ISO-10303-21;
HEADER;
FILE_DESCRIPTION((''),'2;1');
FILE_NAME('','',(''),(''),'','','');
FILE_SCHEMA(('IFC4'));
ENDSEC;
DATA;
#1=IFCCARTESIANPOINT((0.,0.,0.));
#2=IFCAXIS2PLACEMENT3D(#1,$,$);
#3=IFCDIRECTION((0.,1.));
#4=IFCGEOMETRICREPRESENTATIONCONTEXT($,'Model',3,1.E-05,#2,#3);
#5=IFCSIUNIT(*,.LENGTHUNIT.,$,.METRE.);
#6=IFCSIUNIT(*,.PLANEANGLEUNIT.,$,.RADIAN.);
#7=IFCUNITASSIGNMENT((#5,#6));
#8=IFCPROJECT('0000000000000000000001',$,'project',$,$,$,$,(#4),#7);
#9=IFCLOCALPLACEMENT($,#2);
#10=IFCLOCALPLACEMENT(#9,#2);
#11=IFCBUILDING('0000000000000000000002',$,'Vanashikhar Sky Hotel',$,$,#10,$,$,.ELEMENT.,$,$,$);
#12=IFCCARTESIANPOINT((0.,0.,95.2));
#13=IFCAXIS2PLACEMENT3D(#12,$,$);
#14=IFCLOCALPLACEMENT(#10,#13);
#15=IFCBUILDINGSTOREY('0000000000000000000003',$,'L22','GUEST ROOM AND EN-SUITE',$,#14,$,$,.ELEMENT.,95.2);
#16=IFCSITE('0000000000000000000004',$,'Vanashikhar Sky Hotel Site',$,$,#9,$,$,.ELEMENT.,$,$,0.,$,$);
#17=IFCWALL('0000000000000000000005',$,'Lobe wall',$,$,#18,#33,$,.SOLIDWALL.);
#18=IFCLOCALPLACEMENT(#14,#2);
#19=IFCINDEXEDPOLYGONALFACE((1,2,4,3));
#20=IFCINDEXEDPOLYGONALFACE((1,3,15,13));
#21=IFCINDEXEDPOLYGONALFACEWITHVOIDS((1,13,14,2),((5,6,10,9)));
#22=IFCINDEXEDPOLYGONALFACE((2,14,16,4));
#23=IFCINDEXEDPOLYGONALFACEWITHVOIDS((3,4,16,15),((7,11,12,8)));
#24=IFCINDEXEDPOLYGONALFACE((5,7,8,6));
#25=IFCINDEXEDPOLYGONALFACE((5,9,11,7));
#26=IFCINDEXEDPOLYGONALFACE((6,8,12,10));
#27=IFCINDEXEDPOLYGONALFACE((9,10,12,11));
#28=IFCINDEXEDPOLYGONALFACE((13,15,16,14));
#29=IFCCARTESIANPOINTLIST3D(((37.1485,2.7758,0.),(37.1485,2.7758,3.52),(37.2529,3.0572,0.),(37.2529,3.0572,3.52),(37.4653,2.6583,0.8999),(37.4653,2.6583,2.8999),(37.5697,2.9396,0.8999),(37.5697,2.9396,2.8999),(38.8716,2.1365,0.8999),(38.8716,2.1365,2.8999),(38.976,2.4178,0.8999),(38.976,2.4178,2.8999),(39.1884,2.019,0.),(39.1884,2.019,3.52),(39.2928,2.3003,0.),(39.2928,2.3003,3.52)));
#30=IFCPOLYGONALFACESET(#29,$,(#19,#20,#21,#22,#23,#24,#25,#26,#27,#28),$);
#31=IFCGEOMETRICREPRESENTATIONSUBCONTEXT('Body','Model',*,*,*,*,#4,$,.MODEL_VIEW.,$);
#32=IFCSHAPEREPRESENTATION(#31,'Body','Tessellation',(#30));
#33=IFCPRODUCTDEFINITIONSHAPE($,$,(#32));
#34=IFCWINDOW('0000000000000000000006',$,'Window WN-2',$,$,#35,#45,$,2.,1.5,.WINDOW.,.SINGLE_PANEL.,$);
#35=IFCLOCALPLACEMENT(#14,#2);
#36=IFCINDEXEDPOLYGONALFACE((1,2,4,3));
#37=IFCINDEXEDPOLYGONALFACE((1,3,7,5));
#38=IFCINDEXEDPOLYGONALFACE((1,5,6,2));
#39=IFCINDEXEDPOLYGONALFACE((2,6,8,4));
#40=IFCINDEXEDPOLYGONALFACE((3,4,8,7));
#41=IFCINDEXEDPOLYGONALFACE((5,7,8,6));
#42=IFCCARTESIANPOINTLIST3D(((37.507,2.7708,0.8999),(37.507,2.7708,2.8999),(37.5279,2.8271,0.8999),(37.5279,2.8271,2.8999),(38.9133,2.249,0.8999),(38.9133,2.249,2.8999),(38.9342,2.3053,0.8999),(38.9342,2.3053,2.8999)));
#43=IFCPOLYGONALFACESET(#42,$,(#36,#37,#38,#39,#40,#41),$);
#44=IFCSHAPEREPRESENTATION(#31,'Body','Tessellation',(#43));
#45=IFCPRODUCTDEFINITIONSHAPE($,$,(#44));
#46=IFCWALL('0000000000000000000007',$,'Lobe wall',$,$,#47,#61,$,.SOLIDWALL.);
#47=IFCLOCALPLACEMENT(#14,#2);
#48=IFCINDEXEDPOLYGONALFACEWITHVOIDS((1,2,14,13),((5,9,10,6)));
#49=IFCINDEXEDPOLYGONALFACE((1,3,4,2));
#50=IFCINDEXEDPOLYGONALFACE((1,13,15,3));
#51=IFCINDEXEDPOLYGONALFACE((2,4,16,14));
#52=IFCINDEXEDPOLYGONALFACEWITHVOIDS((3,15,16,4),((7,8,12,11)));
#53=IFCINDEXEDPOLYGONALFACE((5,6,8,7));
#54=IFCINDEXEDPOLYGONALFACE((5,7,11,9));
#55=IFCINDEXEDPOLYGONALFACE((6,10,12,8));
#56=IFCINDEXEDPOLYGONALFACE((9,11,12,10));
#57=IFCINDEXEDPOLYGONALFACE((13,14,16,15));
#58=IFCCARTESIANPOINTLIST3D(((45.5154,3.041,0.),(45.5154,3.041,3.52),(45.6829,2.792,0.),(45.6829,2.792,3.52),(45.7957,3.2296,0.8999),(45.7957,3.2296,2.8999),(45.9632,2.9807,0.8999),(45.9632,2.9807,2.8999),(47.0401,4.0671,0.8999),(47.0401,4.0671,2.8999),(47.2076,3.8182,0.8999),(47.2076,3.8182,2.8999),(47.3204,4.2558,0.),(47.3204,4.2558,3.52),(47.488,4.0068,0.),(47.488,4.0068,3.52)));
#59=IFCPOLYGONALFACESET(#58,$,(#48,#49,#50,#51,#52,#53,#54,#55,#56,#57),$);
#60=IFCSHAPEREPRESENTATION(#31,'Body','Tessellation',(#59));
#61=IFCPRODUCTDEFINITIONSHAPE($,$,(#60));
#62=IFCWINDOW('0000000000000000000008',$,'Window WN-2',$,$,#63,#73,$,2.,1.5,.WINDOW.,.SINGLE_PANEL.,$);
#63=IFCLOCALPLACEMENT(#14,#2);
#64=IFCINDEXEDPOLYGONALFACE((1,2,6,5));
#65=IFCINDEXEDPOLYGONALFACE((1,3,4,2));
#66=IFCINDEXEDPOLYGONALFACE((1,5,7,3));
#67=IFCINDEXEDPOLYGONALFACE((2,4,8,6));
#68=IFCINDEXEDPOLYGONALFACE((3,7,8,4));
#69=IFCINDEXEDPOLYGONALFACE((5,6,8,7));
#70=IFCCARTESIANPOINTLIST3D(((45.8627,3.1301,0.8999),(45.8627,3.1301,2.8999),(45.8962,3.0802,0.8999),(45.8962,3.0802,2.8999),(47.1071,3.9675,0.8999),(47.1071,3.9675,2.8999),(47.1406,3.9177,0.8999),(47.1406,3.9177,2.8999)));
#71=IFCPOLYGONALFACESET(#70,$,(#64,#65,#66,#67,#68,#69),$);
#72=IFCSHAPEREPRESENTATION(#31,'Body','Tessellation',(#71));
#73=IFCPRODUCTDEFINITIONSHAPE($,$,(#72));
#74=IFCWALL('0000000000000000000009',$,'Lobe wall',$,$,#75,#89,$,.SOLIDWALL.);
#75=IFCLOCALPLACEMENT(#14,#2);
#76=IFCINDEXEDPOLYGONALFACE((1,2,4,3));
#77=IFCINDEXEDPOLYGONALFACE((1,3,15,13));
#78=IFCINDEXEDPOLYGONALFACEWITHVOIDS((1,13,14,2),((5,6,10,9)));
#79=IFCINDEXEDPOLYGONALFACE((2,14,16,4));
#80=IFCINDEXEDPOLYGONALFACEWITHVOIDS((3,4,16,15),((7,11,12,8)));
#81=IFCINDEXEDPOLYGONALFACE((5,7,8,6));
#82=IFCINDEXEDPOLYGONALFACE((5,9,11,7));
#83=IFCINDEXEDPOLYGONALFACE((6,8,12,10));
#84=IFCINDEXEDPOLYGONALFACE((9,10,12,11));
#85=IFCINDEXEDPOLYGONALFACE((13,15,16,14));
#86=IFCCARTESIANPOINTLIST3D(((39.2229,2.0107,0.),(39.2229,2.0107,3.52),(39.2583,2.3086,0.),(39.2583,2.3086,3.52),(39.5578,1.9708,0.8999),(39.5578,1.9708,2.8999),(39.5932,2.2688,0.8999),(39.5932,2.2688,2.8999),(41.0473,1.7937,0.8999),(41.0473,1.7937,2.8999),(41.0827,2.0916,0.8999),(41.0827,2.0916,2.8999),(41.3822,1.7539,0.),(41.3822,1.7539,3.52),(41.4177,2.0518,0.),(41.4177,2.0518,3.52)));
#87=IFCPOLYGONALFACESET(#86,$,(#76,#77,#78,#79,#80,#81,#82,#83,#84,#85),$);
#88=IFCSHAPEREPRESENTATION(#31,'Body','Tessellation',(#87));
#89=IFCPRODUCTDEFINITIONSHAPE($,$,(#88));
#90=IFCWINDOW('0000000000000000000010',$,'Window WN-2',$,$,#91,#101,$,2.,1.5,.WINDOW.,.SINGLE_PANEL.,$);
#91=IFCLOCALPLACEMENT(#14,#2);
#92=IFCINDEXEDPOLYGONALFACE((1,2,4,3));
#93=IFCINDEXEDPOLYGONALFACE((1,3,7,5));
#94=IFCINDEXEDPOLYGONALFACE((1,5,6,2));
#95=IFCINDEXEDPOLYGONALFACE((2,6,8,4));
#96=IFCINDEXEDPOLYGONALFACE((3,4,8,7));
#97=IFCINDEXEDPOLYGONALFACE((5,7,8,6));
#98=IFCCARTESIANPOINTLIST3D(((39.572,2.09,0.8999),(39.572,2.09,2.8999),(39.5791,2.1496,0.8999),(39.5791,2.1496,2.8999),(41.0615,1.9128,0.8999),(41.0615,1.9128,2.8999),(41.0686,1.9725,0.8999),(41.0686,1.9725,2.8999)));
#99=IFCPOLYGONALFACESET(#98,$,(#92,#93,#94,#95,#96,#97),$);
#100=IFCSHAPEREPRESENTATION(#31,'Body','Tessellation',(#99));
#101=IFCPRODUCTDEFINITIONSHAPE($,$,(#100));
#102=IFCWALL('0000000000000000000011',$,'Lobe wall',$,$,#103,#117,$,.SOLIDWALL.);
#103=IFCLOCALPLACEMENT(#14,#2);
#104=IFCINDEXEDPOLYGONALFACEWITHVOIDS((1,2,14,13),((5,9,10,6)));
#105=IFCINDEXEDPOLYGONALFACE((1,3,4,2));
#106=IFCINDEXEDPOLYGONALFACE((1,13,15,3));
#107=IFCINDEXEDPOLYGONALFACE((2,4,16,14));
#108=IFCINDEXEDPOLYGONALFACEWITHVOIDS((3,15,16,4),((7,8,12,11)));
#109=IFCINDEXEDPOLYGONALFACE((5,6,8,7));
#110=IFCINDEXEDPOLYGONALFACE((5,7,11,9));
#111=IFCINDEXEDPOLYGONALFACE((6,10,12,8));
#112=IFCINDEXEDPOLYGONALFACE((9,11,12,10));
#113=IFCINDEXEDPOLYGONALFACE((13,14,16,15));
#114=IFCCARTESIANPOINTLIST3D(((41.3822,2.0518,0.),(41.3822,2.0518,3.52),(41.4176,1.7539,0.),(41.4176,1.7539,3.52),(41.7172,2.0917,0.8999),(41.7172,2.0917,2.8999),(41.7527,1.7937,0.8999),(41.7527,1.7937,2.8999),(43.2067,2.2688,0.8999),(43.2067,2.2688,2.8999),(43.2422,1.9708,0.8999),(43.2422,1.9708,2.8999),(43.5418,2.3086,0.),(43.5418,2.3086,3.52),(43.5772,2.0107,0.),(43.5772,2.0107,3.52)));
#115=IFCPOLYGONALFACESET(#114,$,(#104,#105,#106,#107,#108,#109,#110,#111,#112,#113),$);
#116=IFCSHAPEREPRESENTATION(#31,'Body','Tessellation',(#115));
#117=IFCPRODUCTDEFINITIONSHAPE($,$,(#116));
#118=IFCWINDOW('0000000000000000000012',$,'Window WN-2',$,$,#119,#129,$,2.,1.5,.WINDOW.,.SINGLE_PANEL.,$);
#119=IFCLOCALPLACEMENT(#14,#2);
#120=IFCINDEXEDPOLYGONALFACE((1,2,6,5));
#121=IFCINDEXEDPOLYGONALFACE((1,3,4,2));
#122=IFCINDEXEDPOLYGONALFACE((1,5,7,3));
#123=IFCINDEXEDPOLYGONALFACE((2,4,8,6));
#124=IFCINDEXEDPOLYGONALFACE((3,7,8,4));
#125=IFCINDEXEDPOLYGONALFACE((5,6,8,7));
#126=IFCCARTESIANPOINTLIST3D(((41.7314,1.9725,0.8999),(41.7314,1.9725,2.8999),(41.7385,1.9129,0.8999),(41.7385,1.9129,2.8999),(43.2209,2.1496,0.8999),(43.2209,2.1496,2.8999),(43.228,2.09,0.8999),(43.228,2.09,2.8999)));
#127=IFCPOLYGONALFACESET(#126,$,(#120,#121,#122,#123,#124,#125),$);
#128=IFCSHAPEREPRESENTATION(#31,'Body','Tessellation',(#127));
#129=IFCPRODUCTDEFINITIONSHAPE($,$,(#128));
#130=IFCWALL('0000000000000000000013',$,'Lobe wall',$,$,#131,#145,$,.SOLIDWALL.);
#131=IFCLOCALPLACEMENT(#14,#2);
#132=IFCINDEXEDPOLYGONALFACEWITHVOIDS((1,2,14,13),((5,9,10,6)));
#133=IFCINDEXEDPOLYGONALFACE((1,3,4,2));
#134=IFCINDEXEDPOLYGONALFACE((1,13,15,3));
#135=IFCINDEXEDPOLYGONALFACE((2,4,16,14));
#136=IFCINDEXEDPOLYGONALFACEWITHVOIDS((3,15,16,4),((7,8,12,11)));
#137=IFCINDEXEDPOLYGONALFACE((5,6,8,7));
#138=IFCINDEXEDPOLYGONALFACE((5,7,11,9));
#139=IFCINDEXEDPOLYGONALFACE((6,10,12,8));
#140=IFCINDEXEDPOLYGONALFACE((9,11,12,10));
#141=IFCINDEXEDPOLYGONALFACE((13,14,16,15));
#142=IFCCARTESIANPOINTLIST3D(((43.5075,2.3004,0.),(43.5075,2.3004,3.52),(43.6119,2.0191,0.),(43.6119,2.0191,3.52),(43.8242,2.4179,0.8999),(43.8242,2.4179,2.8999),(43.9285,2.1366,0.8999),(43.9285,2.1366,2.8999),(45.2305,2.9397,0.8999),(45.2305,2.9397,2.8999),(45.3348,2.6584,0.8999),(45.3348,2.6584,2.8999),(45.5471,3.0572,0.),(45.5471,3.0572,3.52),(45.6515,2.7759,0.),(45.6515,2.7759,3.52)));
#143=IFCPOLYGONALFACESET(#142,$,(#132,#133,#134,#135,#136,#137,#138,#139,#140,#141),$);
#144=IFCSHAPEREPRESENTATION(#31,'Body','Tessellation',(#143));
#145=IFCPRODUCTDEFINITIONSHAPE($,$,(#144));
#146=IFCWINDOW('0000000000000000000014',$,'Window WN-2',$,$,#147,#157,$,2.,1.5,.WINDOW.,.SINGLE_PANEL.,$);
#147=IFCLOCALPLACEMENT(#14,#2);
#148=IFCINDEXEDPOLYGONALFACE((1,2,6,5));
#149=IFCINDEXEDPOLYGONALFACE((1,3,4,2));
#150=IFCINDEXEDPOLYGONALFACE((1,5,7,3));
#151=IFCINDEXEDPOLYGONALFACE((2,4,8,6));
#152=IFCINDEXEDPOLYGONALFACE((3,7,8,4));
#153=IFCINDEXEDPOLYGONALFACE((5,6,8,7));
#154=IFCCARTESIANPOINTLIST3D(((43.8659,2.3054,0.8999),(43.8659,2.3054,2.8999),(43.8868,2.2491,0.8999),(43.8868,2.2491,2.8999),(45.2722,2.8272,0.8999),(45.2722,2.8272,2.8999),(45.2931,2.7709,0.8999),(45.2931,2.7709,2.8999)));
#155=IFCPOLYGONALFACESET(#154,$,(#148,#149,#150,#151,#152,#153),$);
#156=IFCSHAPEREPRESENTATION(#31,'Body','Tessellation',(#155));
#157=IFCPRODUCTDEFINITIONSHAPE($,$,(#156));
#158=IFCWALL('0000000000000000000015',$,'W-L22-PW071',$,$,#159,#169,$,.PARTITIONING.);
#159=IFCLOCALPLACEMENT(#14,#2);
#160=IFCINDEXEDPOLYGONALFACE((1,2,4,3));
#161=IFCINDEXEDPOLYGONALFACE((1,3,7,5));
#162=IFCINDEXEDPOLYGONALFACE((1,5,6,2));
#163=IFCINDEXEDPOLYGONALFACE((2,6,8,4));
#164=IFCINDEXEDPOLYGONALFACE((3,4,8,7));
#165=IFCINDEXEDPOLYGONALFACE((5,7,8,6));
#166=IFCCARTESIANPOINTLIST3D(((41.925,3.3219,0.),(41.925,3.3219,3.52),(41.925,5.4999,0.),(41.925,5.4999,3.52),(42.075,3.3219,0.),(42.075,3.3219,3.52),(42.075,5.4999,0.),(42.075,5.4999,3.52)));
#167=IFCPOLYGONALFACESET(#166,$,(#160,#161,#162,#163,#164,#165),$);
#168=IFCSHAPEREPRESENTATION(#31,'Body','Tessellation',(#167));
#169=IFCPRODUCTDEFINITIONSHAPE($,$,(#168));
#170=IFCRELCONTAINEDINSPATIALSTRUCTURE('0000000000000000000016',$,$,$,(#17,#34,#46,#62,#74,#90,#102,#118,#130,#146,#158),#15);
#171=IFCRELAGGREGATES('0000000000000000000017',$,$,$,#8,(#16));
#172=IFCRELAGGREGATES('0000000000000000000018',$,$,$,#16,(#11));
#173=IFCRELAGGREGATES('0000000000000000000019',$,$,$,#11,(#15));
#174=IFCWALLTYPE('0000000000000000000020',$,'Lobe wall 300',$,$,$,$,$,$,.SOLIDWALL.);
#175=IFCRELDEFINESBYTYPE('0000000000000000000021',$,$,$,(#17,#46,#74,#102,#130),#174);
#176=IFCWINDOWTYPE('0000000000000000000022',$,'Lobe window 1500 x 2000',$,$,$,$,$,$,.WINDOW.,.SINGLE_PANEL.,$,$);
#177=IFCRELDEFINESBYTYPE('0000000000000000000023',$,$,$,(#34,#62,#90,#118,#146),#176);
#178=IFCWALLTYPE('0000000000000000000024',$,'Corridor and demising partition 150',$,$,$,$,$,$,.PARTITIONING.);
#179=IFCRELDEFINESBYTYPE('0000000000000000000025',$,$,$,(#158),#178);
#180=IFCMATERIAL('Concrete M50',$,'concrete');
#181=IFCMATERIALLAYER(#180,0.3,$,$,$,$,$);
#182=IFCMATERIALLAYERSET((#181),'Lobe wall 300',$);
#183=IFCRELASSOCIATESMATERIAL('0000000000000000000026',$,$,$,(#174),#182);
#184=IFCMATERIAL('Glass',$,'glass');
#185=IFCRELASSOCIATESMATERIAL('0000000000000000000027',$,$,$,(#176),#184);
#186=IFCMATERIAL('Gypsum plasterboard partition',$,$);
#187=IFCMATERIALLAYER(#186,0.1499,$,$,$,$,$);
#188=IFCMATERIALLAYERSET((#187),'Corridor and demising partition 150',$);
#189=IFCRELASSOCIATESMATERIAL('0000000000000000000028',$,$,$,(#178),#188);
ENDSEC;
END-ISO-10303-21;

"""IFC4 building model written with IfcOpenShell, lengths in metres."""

from ifc_helpers import new_model, si_unit, direction, frame, frame_2d, origin, place, context, subcontext, project, spatial, rectangle, extrude, source, transform, mapped, material, layer, layer_set, type_object, element, fill, save


model = new_model("IFC4")

# Units and contexts
model_context = context("Model", 3, precision=1e-05, world=origin(), true_north=direction((0.0, 1.0)))
body_context = subcontext(model_context, "Body", "Model", "MODEL_VIEW")
ifc_project = project(units=[si_unit("LENGTHUNIT", "METRE"), si_unit("PLANEANGLEUNIT", "RADIAN")], contexts=[model_context])

# Site, building, storey
site_placement = place(None, origin())
site = spatial("IfcSite", under=ifc_project, at=site_placement, Name="Vanashikhar Sky Hotel Site", CompositionType="ELEMENT", RefElevation=0.0)
building_placement = place(site_placement, origin())
building = spatial("IfcBuilding", under=site, at=building_placement, Name="Vanashikhar Sky Hotel", CompositionType="ELEMENT")
storey_placement = place(building_placement, frame((0.0, 0.0, 95.2)))
storey = spatial("IfcBuildingStorey", under=building, at=storey_placement, Name="L22", Description="GUEST ROOM AND EN-SUITE", CompositionType="ELEMENT", Elevation=95.2)

# Walls, openings, windows
ifc_material_1 = material(Name="Concrete M50", Category="concrete")
ifc_layer_1 = layer(ifc_material_1, 0.3)
ifc_layer_set_1 = layer_set([ifc_layer_1], Name="Lobe wall 300")
wall_type_1 = type_object("IfcWallType", Name="Lobe wall 300", PredefinedType="SOLIDWALL", material=ifc_layer_set_1)
shared_shape_1 = source(origin(), body_context, "Body", "SweptSolid", [
    extrude(rectangle(XDim=2.1758, YDim=0.3, at=frame_2d((1.0879, 0.0))), origin(), (0.0, 0.0, 1.0), 3.52),
])
wall_1_placement = place(storey_placement, frame((37.2007, 2.9165, 0.0), z_axis=(0.0, 0.0, 1.0), x_axis=(0.937546, -0.347863, 0.0)))
wall_1 = element("IfcWall", 1, at=wall_1_placement, inside=storey, type_object=wall_type_1, Name="Lobe wall", PredefinedType="SOLIDWALL", context=body_context, shape_type="MappedRepresentation", body=[
    mapped(shared_shape_1, transform((0.0, 0.0, 0.0), scale=1.0)),
])
shared_shape_2 = source(origin(), body_context, "Body", "SweptSolid", [
    extrude(rectangle(XDim=1.5, YDim=2.0, at=frame_2d((0.75, 1.0))), frame((0.0, 0.1602, 0.0), z_axis=(0.0, -1.0, 0.0), x_axis=(1.0, 0.0, 0.0)), (0.0, 0.0, 1.0), 0.3201),
])
opening_1_placement = place(wall_1_placement, frame((0.3379, 0.0, 0.8999)))
opening_1 = element("IfcOpeningElement", 2, at=opening_1_placement, cuts=wall_1, PredefinedType="OPENING", context=body_context, shape_type="MappedRepresentation", body=[
    mapped(shared_shape_2, transform((0.0, 0.0, 0.0), scale=1.0)),
])
ifc_material_2 = material(Name="Glass", Category="glass")
window_type = type_object("IfcWindowType", Name="Lobe window 1500 x 2000", PartitioningType="SINGLE_PANEL", PredefinedType="WINDOW", material=ifc_material_2)
shared_shape_3 = source(origin(), body_context, "Body", "SweptSolid", [
    extrude(rectangle(XDim=1.5, YDim=2.0, at=frame_2d((0.75, 1.0))), frame((0.0, 0.03, 0.0), z_axis=(0.0, -1.0, 0.0), x_axis=(1.0, 0.0, 0.0)), (0.0, 0.0, 1.0), 0.0601),
])
window_1_placement = place(opening_1_placement, origin())
window_1 = element("IfcWindow", 3, at=window_1_placement, inside=storey, type_object=window_type, Name="Window WN-2", OverallHeight=2.0, OverallWidth=1.5, PartitioningType="SINGLE_PANEL", PredefinedType="WINDOW", context=body_context, shape_type="MappedRepresentation", body=[
    mapped(shared_shape_3, transform((0.0, 0.0, 0.0), scale=1.0)),
])
fill(opening_1, window_1)
wall_2_placement = place(storey_placement, frame((45.5991, 2.9165, 0.0), z_axis=(0.0, 0.0, 1.0), x_axis=(0.829626, 0.55832, 0.0)))
wall_2 = element("IfcWall", 4, at=wall_2_placement, inside=storey, type_object=wall_type_1, Name="Lobe wall", PredefinedType="SOLIDWALL", context=body_context, shape_type="MappedRepresentation", body=[
    mapped(shared_shape_1, transform((0.0, 0.0, 0.0), scale=1.0)),
])
opening_2_placement = place(wall_2_placement, frame((0.3379, 0.0, 0.8999)))
opening_2 = element("IfcOpeningElement", 5, at=opening_2_placement, cuts=wall_2, PredefinedType="OPENING", context=body_context, shape_type="MappedRepresentation", body=[
    mapped(shared_shape_2, transform((0.0, 0.0, 0.0), scale=1.0)),
])
window_2_placement = place(opening_2_placement, origin())
window_2 = element("IfcWindow", 6, at=window_2_placement, inside=storey, type_object=window_type, Name="Window WN-2", OverallHeight=2.0, OverallWidth=1.5, PartitioningType="SINGLE_PANEL", PredefinedType="WINDOW", context=body_context, shape_type="MappedRepresentation", body=[
    mapped(shared_shape_3, transform((0.0, 0.0, 0.0), scale=1.0)),
])
fill(opening_2, window_2)
shared_shape_4 = source(origin(), body_context, "Body", "SweptSolid", [
    extrude(rectangle(XDim=2.1746, YDim=0.3, at=frame_2d((1.0874, 0.0))), origin(), (0.0, 0.0, 1.0), 3.52),
])
wall_3_placement = place(storey_placement, frame((39.2405, 2.1597, 0.0), z_axis=(0.0, 0.0, 1.0), x_axis=(0.993001, -0.118105, 0.0)))
wall_3 = element("IfcWall", 7, at=wall_3_placement, inside=storey, type_object=wall_type_1, Name="Lobe wall", PredefinedType="SOLIDWALL", context=body_context, shape_type="MappedRepresentation", body=[
    mapped(shared_shape_4, transform((0.0, 0.0, 0.0), scale=1.0)),
])
opening_3_placement = place(wall_3_placement, frame((0.3374, 0.0, 0.8999)))
opening_3 = element("IfcOpeningElement", 8, at=opening_3_placement, cuts=wall_3, PredefinedType="OPENING", context=body_context, shape_type="MappedRepresentation", body=[
    mapped(shared_shape_2, transform((0.0, 0.0, 0.0), scale=1.0)),
])
window_3_placement = place(opening_3_placement, origin())
window_3 = element("IfcWindow", 9, at=window_3_placement, inside=storey, type_object=window_type, Name="Window WN-2", OverallHeight=2.0, OverallWidth=1.5, PartitioningType="SINGLE_PANEL", PredefinedType="WINDOW", context=body_context, shape_type="MappedRepresentation", body=[
    mapped(shared_shape_3, transform((0.0, 0.0, 0.0), scale=1.0)),
])
fill(opening_3, window_3)
shared_shape_5 = source(origin(), body_context, "Body", "SweptSolid", [
    extrude(rectangle(XDim=2.1748, YDim=0.3, at=frame_2d((1.0874, 0.0))), origin(), (0.0, 0.0, 1.0), 3.52),
])
wall_4_placement = place(storey_placement, frame((41.3999, 1.9028, 0.0), z_axis=(0.0, 0.0, 1.0), x_axis=(0.993003, 0.118092, 0.0)))
wall_4 = element("IfcWall", 10, at=wall_4_placement, inside=storey, type_object=wall_type_1, Name="Lobe wall", PredefinedType="SOLIDWALL", context=body_context, shape_type="MappedRepresentation", body=[
    mapped(shared_shape_5, transform((0.0, 0.0, 0.0), scale=1.0)),
])
opening_4_placement = place(wall_4_placement, frame((0.3374, 0.0, 0.8999)))
opening_4 = element("IfcOpeningElement", 11, at=opening_4_placement, cuts=wall_4, PredefinedType="OPENING", context=body_context, shape_type="MappedRepresentation", body=[
    mapped(shared_shape_2, transform((0.0, 0.0, 0.0), scale=1.0)),
])
window_4_placement = place(opening_4_placement, origin())
window_4 = element("IfcWindow", 12, at=window_4_placement, inside=storey, type_object=window_type, Name="Window WN-2", OverallHeight=2.0, OverallWidth=1.5, PartitioningType="SINGLE_PANEL", PredefinedType="WINDOW", context=body_context, shape_type="MappedRepresentation", body=[
    mapped(shared_shape_3, transform((0.0, 0.0, 0.0), scale=1.0)),
])
fill(opening_4, window_4)
shared_shape_6 = source(origin(), body_context, "Body", "SweptSolid", [
    extrude(rectangle(XDim=2.1755, YDim=0.3, at=frame_2d((1.0879, 0.0))), origin(), (0.0, 0.0, 1.0), 3.52),
])
wall_5_placement = place(storey_placement, frame((43.5596, 2.1597, 0.0), z_axis=(0.0, 0.0, 1.0), x_axis=(0.937532, 0.347899, 0.0)))
wall_5 = element("IfcWall", 13, at=wall_5_placement, inside=storey, type_object=wall_type_1, Name="Lobe wall", PredefinedType="SOLIDWALL", context=body_context, shape_type="MappedRepresentation", body=[
    mapped(shared_shape_6, transform((0.0, 0.0, 0.0), scale=1.0)),
])
opening_5_placement = place(wall_5_placement, frame((0.3379, 0.0, 0.8999)))
opening_5 = element("IfcOpeningElement", 14, at=opening_5_placement, cuts=wall_5, PredefinedType="OPENING", context=body_context, shape_type="MappedRepresentation", body=[
    mapped(shared_shape_2, transform((0.0, 0.0, 0.0), scale=1.0)),
])
window_5_placement = place(opening_5_placement, origin())
window_5 = element("IfcWindow", 15, at=window_5_placement, inside=storey, type_object=window_type, Name="Window WN-2", OverallHeight=2.0, OverallWidth=1.5, PartitioningType="SINGLE_PANEL", PredefinedType="WINDOW", context=body_context, shape_type="MappedRepresentation", body=[
    mapped(shared_shape_3, transform((0.0, 0.0, 0.0), scale=1.0)),
])
fill(opening_5, window_5)

# Wall
ifc_material_3 = material(Name="Gypsum plasterboard partition")
ifc_layer_2 = layer(ifc_material_3, 0.1499)
ifc_layer_set_2 = layer_set([ifc_layer_2], Name="Corridor and demising partition 150")
wall_type_2 = type_object("IfcWallType", Name="Corridor and demising partition 150", PredefinedType="PARTITIONING", material=ifc_layer_set_2)
shared_shape_7 = source(origin(), body_context, "Body", "SweptSolid", [
    extrude(rectangle(XDim=2.178, YDim=0.1499, at=frame_2d((1.0889, 0.0))), origin(), (0.0, 0.0, 1.0), 3.52),
])
wall_6_placement = place(storey_placement, frame((42.0, 3.322, 0.0), z_axis=(0.0, 0.0, 1.0), x_axis=(0.0, 1.0, 0.0)))
element("IfcWall", 16, at=wall_6_placement, inside=storey, type_object=wall_type_2, Name="W-L22-PW071", PredefinedType="PARTITIONING", context=body_context, shape_type="MappedRepresentation", body=[
    mapped(shared_shape_7, transform((0.0, 0.0, 0.0), scale=1.0)),
])

save(model, "model.ifc")
